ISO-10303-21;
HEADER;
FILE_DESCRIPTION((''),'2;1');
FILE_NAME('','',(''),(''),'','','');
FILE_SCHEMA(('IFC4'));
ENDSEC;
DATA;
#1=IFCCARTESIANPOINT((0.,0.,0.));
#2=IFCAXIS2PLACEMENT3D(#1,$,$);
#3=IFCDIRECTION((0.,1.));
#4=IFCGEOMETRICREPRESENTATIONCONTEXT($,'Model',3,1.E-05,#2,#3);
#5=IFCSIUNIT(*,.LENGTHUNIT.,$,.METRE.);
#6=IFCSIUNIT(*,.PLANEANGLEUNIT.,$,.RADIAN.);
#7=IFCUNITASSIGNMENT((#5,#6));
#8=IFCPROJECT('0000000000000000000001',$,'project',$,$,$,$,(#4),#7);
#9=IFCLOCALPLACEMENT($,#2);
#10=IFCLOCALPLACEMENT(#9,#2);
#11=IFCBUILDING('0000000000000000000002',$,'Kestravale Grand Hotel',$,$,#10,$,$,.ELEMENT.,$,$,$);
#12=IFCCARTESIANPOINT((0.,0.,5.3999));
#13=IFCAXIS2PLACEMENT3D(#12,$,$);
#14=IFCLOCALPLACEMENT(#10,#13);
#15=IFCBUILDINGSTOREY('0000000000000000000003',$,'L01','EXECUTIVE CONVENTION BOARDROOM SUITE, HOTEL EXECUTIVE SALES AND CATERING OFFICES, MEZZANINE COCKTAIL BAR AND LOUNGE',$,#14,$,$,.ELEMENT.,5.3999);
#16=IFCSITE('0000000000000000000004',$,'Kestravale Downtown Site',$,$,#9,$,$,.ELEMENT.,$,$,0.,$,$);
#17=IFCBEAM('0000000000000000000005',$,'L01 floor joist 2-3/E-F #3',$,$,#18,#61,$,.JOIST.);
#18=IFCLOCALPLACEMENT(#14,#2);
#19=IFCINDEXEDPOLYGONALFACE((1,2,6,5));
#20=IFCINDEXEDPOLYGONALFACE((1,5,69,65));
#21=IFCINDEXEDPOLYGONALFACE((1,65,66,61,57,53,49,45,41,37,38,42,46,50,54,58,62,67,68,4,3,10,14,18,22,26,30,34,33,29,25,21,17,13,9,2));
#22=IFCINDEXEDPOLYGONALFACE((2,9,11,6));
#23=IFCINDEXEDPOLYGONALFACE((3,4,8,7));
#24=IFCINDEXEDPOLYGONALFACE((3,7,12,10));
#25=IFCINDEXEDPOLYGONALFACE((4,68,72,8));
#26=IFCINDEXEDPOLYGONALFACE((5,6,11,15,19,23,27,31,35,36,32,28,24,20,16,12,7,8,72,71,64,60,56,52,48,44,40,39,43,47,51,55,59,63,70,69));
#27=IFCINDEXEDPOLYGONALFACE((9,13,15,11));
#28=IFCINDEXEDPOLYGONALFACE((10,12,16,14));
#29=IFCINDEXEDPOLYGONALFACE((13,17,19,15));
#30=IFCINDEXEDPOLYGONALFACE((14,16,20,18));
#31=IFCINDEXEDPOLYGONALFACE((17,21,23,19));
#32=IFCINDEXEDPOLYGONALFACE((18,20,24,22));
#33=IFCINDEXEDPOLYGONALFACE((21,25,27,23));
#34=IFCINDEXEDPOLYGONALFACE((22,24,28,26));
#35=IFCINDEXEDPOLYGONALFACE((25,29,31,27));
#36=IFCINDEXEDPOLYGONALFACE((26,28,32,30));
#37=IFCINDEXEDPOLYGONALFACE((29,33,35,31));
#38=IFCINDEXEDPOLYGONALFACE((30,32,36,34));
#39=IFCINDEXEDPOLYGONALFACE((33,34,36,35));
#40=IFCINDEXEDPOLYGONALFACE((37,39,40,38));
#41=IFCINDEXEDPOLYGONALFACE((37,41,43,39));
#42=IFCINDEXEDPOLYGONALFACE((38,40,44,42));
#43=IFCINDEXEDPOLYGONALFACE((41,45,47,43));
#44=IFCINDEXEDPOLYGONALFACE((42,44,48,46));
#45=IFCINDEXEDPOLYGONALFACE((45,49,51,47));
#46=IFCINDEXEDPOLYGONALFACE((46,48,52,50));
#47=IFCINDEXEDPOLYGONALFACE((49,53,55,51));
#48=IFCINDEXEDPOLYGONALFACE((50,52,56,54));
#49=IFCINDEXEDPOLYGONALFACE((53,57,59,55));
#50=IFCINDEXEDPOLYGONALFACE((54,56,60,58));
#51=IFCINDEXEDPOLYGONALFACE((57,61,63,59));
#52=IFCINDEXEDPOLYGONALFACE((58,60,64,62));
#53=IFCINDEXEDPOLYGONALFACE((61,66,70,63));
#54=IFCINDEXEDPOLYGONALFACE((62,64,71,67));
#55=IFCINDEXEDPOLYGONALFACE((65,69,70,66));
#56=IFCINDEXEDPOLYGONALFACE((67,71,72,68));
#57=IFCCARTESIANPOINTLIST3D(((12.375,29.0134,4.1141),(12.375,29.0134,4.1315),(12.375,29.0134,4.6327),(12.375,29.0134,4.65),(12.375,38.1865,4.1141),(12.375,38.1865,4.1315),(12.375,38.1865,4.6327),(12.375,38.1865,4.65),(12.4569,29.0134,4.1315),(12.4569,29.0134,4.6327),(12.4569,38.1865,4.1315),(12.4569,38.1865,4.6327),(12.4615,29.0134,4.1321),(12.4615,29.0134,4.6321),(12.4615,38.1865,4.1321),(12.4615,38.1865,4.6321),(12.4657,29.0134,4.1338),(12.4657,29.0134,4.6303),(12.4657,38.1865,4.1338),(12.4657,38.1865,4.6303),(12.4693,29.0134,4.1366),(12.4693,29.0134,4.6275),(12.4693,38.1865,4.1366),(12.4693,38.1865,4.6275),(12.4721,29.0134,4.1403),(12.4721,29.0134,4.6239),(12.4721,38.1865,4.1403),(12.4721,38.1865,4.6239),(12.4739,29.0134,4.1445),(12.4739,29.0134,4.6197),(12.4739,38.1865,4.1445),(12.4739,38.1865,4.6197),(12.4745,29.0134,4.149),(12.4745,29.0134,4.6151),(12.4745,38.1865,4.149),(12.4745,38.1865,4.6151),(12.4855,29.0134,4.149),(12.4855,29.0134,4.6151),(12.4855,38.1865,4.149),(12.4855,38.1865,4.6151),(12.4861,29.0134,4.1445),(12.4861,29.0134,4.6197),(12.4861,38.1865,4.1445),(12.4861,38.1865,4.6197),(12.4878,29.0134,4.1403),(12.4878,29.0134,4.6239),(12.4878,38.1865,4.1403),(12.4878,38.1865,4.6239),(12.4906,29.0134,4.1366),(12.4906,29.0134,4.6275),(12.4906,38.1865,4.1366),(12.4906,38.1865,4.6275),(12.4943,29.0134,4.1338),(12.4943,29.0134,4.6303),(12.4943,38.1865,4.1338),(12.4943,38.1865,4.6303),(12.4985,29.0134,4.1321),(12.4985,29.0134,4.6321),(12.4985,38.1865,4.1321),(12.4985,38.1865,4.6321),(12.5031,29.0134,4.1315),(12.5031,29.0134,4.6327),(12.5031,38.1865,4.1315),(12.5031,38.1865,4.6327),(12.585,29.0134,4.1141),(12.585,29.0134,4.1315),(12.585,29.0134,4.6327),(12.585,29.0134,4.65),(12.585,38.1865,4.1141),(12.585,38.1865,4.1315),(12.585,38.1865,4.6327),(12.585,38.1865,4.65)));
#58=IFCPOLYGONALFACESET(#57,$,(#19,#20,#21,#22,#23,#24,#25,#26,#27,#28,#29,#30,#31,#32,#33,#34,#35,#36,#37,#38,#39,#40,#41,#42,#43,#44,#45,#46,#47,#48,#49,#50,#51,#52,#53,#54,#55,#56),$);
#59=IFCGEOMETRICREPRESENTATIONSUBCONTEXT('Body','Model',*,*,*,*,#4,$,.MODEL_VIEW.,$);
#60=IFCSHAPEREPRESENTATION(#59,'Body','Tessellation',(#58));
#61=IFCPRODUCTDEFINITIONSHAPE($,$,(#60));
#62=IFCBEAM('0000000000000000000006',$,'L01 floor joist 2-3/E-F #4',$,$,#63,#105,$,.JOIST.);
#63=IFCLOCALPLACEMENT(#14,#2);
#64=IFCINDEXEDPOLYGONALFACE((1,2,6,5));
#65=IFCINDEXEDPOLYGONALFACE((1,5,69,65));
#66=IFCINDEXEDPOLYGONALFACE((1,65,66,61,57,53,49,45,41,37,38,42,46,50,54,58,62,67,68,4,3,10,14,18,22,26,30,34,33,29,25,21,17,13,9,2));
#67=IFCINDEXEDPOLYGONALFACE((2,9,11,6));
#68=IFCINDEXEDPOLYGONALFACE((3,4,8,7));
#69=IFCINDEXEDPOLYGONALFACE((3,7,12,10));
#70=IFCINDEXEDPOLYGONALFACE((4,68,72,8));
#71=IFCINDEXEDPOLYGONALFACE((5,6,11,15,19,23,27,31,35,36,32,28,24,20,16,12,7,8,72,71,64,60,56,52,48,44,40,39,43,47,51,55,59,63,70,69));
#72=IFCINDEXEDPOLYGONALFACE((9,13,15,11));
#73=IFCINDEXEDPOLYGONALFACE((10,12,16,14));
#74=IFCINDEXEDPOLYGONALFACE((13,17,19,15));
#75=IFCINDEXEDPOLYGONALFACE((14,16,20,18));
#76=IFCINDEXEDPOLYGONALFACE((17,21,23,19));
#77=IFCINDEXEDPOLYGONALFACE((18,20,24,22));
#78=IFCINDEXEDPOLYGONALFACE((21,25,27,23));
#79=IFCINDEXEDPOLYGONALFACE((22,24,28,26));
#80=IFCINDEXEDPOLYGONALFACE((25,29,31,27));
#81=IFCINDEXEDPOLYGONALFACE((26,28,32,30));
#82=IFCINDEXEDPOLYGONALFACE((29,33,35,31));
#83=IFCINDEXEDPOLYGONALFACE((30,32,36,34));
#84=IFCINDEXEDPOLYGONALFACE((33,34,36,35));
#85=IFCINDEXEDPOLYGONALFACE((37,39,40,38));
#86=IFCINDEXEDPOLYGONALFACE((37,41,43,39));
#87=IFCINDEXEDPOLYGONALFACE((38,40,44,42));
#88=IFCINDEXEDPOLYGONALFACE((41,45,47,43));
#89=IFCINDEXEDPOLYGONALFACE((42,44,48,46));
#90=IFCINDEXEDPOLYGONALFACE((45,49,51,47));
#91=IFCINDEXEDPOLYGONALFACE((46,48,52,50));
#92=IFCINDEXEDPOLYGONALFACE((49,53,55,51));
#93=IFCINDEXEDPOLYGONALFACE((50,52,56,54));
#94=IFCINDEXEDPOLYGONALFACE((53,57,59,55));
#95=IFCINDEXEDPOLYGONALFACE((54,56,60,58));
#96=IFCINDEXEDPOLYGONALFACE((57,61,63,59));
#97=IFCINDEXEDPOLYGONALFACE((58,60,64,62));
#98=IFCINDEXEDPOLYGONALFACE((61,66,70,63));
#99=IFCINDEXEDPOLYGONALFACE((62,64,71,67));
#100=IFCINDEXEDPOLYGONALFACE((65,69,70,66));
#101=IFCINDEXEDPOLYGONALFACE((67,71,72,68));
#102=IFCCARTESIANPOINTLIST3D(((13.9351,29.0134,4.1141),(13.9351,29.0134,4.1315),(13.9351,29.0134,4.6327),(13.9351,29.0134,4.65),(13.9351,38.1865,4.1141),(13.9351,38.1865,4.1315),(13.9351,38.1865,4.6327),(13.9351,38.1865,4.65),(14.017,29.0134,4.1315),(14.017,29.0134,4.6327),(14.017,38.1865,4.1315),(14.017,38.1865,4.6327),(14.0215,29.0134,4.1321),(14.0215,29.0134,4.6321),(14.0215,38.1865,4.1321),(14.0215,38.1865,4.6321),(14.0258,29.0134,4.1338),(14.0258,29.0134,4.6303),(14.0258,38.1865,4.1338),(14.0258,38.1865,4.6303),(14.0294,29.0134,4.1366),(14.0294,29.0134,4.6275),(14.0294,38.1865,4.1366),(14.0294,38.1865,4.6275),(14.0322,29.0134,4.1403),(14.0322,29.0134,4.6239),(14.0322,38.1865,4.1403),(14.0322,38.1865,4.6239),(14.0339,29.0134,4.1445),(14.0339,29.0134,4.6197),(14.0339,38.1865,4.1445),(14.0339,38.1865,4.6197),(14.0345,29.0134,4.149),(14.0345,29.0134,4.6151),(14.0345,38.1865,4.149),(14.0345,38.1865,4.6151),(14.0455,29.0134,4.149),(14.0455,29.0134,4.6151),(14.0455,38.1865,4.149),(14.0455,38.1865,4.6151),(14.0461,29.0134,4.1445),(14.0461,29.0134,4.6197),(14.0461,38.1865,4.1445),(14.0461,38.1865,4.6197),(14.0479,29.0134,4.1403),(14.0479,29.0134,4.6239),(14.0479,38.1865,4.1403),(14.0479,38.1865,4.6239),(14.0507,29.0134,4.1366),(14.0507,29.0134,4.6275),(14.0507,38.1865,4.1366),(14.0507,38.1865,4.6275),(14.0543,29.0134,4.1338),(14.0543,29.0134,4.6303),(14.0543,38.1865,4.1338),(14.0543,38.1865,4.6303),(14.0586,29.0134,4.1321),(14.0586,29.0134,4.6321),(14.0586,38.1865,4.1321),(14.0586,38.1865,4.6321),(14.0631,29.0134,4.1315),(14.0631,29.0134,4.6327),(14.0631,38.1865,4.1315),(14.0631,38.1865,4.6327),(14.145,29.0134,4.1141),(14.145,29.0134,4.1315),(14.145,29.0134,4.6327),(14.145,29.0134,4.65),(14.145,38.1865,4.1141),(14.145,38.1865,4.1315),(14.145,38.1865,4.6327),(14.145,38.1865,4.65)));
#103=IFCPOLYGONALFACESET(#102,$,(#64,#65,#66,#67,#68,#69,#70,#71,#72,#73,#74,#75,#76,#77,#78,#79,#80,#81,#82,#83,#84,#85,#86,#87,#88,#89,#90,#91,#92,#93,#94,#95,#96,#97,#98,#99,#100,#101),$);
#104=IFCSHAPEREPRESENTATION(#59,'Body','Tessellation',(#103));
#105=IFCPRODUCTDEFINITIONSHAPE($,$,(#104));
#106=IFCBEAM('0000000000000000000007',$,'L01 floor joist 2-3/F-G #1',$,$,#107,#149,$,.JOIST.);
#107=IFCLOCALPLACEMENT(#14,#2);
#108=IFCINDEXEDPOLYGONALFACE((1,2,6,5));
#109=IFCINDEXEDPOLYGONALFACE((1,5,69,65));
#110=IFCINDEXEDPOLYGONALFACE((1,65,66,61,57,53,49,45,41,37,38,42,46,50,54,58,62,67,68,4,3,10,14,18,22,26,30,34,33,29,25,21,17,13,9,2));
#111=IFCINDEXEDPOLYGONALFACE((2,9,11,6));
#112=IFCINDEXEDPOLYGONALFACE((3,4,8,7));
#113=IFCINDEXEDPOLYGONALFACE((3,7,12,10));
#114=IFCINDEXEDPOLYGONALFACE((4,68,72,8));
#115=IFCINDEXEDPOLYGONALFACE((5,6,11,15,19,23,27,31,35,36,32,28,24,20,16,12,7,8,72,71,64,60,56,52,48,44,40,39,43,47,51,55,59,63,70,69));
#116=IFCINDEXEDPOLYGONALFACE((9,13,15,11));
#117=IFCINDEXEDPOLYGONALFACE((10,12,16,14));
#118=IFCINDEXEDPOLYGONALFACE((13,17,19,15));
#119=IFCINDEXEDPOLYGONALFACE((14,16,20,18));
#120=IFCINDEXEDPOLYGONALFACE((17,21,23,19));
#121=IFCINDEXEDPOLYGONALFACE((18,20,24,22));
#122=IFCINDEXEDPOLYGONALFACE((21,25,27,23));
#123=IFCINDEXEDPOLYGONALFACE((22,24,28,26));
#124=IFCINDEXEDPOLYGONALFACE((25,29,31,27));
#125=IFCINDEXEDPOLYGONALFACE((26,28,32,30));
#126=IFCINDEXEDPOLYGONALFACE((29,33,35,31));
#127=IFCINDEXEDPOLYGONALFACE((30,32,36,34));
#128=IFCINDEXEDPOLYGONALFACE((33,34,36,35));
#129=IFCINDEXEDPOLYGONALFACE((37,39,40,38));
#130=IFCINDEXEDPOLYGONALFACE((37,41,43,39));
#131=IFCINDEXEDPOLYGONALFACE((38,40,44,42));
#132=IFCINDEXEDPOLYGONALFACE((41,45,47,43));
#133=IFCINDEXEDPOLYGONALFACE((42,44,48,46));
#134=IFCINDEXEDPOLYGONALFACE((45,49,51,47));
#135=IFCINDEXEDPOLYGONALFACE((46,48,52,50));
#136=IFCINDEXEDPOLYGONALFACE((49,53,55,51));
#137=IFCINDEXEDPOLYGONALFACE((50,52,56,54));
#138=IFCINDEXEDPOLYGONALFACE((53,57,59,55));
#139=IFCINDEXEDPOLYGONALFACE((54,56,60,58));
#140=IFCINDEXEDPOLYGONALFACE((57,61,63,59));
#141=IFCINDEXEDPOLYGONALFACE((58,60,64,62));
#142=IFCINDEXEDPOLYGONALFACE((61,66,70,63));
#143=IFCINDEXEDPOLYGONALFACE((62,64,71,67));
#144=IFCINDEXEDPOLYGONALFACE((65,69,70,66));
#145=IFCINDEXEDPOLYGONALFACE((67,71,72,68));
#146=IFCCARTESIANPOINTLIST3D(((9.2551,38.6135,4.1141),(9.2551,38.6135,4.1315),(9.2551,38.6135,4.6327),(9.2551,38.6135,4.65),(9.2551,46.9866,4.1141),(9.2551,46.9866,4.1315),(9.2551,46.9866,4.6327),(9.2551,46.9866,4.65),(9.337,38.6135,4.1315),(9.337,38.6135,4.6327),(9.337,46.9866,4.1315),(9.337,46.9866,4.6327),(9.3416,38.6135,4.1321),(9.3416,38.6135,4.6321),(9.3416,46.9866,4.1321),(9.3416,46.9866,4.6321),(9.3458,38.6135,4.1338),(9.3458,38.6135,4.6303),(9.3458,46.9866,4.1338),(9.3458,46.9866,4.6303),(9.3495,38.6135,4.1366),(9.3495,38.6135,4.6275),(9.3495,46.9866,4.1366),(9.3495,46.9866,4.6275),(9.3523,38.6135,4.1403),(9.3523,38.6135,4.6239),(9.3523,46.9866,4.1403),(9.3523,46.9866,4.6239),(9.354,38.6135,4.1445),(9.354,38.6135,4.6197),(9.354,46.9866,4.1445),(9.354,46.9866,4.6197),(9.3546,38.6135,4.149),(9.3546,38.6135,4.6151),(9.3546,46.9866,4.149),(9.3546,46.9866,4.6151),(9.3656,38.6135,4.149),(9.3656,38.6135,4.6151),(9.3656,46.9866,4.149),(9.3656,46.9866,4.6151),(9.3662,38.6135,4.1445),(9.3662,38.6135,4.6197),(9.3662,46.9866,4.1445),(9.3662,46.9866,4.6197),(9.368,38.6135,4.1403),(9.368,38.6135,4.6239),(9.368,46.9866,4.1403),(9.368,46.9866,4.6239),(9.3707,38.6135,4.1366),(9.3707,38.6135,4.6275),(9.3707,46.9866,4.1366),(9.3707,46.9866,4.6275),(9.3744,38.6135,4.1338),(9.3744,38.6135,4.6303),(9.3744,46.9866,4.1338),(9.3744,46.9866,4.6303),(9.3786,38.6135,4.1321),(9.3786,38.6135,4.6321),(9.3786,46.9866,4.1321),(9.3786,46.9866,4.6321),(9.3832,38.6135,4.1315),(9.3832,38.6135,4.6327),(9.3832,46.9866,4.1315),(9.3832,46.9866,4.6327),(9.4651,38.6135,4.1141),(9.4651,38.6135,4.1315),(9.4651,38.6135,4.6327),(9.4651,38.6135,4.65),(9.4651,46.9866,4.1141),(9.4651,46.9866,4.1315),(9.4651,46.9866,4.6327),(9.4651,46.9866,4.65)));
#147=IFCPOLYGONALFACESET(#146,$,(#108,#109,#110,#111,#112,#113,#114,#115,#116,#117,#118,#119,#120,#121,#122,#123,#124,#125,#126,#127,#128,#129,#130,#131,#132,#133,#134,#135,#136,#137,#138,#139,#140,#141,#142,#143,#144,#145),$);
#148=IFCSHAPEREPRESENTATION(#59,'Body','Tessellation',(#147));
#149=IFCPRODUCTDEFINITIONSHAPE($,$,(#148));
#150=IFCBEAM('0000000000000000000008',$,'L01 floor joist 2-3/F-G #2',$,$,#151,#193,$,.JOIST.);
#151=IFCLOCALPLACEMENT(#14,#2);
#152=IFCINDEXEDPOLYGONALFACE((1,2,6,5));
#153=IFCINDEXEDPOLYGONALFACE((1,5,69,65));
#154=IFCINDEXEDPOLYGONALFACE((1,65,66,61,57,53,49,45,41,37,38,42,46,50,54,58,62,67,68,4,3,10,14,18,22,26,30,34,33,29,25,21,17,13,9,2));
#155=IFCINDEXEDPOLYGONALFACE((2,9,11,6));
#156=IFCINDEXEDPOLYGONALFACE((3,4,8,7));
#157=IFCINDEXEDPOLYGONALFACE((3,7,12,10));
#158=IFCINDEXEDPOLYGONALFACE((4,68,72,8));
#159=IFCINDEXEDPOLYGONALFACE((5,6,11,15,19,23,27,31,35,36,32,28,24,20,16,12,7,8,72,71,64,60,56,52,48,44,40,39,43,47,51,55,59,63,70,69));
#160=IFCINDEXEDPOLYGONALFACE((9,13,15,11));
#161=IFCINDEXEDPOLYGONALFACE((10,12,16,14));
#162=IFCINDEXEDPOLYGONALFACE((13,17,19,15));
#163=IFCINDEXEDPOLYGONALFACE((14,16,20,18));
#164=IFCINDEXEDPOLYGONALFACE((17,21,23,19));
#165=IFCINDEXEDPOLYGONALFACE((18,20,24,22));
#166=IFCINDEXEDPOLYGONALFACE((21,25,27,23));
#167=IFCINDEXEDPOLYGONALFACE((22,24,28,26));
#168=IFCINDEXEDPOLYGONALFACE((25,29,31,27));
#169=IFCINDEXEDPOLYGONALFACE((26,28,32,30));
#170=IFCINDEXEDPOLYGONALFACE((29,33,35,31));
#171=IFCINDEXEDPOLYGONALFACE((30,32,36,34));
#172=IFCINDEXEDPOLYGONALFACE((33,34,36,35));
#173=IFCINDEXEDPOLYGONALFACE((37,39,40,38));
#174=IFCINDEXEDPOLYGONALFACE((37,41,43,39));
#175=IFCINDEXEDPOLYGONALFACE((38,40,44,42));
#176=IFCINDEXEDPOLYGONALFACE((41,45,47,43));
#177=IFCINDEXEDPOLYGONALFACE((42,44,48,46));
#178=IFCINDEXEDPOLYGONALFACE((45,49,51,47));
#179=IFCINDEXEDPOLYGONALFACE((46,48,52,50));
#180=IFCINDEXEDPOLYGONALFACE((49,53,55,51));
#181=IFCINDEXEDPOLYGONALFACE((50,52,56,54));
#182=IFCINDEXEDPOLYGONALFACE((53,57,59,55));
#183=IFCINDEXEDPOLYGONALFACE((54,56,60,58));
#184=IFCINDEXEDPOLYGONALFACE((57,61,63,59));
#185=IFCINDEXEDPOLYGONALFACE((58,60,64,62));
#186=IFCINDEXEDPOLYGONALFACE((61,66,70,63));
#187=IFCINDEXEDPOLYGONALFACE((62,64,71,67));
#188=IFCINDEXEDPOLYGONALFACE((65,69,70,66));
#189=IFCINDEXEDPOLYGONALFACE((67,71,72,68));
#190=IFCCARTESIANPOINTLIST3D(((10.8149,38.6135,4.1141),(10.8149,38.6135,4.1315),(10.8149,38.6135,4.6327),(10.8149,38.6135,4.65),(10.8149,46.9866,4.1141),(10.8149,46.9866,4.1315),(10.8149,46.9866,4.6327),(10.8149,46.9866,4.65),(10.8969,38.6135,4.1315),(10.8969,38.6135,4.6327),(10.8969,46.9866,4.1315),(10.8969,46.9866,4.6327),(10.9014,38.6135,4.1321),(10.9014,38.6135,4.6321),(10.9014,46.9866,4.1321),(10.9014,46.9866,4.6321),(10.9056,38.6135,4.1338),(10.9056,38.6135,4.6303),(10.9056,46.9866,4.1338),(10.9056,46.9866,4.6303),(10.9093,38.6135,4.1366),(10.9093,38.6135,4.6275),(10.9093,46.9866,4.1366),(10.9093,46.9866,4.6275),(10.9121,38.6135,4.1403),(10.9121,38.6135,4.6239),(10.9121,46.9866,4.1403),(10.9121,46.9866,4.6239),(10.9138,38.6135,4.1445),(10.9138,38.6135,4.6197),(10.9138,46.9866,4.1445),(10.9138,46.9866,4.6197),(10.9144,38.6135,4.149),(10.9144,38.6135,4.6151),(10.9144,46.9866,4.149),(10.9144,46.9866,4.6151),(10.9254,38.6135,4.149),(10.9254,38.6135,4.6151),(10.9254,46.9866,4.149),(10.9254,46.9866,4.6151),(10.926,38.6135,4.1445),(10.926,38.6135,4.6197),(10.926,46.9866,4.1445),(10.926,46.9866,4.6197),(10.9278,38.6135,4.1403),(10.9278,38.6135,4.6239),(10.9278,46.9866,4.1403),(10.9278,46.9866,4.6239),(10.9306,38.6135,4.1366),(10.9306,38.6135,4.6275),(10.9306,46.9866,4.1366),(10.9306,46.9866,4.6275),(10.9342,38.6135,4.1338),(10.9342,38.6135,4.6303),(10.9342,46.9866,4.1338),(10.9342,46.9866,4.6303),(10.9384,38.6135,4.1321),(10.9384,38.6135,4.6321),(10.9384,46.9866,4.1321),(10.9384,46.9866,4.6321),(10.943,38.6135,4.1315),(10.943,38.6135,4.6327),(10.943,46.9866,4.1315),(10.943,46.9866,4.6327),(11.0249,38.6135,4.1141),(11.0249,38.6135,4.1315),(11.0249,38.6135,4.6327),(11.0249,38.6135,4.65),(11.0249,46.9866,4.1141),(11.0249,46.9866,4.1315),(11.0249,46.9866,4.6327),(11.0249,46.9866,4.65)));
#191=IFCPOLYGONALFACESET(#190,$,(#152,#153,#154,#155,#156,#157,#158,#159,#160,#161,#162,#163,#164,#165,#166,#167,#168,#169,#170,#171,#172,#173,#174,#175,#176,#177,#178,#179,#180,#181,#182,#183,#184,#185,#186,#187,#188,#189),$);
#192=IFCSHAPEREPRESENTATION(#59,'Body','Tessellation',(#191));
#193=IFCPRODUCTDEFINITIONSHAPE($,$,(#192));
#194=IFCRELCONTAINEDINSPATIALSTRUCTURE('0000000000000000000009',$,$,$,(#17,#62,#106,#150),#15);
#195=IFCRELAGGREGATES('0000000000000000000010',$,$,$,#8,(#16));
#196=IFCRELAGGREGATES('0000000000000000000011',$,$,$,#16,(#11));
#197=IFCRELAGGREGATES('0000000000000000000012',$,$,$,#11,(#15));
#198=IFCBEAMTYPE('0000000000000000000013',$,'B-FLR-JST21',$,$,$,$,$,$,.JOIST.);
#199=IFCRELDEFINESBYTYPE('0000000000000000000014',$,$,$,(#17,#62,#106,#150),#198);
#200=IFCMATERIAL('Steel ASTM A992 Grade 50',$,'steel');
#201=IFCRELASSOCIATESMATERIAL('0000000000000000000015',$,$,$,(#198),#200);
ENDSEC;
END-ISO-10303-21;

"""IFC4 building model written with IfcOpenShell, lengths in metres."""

from ifc_helpers import new_model, si_unit, direction, frame, origin, origin_2d, place, context, subcontext, project, spatial, i_section, extrude, material, material_profile, profile_set, type_object, element, save


model = new_model("IFC4")

# Units and contexts
model_context = context("Model", 3, precision=1e-05, world=origin(), true_north=direction((0.0, 1.0)))
body_context = subcontext(model_context, "Body", "Model", "MODEL_VIEW")
ifc_project = project(units=[si_unit("LENGTHUNIT", "METRE"), si_unit("PLANEANGLEUNIT", "RADIAN")], contexts=[model_context])

# Site, building, storey
site_placement = place(None, origin())
site = spatial("IfcSite", under=ifc_project, at=site_placement, Name="Kestravale Downtown Site", CompositionType="ELEMENT", RefElevation=0.0)
building_placement = place(site_placement, origin())
building = spatial("IfcBuilding", under=site, at=building_placement, Name="Kestravale Grand Hotel", CompositionType="ELEMENT")
storey_placement = place(building_placement, frame((0.0, 0.0, 5.3999)))
storey = spatial("IfcBuildingStorey", under=building, at=storey_placement, Name="L01", Description="EXECUTIVE CONVENTION BOARDROOM SUITE, HOTEL EXECUTIVE SALES AND CATERING OFFICES, MEZZANINE COCKTAIL BAR AND LOUNGE", CompositionType="ELEMENT", Elevation=5.3999)

# Beams
ifc_material_1 = material(Name="Steel ASTM A992 Grade 50", Category="steel")
ifc_material_profile_1 = material_profile(ifc_material_1, i_section(OverallWidth=0.21, OverallDepth=0.5359, WebThickness=0.011, FlangeThickness=0.0173, FilletRadius=0.0176, at=origin_2d()))
ifc_profile_set_1 = profile_set([ifc_material_profile_1], Name="Steel ASTM A992 Grade 50")
beam_type_1 = type_object("IfcBeamType", Name="B-FLR-JST21", PredefinedType="JOIST", material=ifc_profile_set_1)
for number, where, z_axis, x_axis, name in (
    (1, (12.48, 29.0134, 4.3821), (0.0, 1.0, 0.0), (-1.0, 0.0, 0.0), "L01 floor joist 2-3/E-F #3"),
    (2, (14.04, 29.0134, 4.3821), (0.0, 1.0, 0.0), (-1.0, 0.0, 0.0), "L01 floor joist 2-3/E-F #4"),
):
    element("IfcBeam", number, at=place(storey_placement, frame(where, z_axis=z_axis, x_axis=x_axis)), inside=storey, type_object=beam_type_1, Name=name, PredefinedType="JOIST", context=body_context, shape_type="SweptSolid", body=[
        extrude(i_section(OverallWidth=0.21, OverallDepth=0.5359, WebThickness=0.011, FlangeThickness=0.0173, FilletRadius=0.0176, at=origin_2d()), origin(), (0.0, 0.0, 1.0), 9.1731),
    ])
for number, where, z_axis, x_axis, name in (
    (3, (9.3601, 38.6135, 4.3821), (0.0, 1.0, 0.0), (-1.0, 0.0, 0.0), "L01 floor joist 2-3/F-G #1"),
    (4, (10.9199, 38.6135, 4.3821), (0.0, 1.0, 0.0), (-1.0, 0.0, 0.0), "L01 floor joist 2-3/F-G #2"),
):
    element("IfcBeam", number, at=place(storey_placement, frame(where, z_axis=z_axis, x_axis=x_axis)), inside=storey, type_object=beam_type_1, Name=name, PredefinedType="JOIST", context=body_context, shape_type="SweptSolid", body=[
        extrude(i_section(OverallWidth=0.21, OverallDepth=0.5359, WebThickness=0.011, FlangeThickness=0.0173, FilletRadius=0.0176, at=origin_2d()), origin(), (0.0, 0.0, 1.0), 8.373),
    ])

save(model, "model.ifc")
